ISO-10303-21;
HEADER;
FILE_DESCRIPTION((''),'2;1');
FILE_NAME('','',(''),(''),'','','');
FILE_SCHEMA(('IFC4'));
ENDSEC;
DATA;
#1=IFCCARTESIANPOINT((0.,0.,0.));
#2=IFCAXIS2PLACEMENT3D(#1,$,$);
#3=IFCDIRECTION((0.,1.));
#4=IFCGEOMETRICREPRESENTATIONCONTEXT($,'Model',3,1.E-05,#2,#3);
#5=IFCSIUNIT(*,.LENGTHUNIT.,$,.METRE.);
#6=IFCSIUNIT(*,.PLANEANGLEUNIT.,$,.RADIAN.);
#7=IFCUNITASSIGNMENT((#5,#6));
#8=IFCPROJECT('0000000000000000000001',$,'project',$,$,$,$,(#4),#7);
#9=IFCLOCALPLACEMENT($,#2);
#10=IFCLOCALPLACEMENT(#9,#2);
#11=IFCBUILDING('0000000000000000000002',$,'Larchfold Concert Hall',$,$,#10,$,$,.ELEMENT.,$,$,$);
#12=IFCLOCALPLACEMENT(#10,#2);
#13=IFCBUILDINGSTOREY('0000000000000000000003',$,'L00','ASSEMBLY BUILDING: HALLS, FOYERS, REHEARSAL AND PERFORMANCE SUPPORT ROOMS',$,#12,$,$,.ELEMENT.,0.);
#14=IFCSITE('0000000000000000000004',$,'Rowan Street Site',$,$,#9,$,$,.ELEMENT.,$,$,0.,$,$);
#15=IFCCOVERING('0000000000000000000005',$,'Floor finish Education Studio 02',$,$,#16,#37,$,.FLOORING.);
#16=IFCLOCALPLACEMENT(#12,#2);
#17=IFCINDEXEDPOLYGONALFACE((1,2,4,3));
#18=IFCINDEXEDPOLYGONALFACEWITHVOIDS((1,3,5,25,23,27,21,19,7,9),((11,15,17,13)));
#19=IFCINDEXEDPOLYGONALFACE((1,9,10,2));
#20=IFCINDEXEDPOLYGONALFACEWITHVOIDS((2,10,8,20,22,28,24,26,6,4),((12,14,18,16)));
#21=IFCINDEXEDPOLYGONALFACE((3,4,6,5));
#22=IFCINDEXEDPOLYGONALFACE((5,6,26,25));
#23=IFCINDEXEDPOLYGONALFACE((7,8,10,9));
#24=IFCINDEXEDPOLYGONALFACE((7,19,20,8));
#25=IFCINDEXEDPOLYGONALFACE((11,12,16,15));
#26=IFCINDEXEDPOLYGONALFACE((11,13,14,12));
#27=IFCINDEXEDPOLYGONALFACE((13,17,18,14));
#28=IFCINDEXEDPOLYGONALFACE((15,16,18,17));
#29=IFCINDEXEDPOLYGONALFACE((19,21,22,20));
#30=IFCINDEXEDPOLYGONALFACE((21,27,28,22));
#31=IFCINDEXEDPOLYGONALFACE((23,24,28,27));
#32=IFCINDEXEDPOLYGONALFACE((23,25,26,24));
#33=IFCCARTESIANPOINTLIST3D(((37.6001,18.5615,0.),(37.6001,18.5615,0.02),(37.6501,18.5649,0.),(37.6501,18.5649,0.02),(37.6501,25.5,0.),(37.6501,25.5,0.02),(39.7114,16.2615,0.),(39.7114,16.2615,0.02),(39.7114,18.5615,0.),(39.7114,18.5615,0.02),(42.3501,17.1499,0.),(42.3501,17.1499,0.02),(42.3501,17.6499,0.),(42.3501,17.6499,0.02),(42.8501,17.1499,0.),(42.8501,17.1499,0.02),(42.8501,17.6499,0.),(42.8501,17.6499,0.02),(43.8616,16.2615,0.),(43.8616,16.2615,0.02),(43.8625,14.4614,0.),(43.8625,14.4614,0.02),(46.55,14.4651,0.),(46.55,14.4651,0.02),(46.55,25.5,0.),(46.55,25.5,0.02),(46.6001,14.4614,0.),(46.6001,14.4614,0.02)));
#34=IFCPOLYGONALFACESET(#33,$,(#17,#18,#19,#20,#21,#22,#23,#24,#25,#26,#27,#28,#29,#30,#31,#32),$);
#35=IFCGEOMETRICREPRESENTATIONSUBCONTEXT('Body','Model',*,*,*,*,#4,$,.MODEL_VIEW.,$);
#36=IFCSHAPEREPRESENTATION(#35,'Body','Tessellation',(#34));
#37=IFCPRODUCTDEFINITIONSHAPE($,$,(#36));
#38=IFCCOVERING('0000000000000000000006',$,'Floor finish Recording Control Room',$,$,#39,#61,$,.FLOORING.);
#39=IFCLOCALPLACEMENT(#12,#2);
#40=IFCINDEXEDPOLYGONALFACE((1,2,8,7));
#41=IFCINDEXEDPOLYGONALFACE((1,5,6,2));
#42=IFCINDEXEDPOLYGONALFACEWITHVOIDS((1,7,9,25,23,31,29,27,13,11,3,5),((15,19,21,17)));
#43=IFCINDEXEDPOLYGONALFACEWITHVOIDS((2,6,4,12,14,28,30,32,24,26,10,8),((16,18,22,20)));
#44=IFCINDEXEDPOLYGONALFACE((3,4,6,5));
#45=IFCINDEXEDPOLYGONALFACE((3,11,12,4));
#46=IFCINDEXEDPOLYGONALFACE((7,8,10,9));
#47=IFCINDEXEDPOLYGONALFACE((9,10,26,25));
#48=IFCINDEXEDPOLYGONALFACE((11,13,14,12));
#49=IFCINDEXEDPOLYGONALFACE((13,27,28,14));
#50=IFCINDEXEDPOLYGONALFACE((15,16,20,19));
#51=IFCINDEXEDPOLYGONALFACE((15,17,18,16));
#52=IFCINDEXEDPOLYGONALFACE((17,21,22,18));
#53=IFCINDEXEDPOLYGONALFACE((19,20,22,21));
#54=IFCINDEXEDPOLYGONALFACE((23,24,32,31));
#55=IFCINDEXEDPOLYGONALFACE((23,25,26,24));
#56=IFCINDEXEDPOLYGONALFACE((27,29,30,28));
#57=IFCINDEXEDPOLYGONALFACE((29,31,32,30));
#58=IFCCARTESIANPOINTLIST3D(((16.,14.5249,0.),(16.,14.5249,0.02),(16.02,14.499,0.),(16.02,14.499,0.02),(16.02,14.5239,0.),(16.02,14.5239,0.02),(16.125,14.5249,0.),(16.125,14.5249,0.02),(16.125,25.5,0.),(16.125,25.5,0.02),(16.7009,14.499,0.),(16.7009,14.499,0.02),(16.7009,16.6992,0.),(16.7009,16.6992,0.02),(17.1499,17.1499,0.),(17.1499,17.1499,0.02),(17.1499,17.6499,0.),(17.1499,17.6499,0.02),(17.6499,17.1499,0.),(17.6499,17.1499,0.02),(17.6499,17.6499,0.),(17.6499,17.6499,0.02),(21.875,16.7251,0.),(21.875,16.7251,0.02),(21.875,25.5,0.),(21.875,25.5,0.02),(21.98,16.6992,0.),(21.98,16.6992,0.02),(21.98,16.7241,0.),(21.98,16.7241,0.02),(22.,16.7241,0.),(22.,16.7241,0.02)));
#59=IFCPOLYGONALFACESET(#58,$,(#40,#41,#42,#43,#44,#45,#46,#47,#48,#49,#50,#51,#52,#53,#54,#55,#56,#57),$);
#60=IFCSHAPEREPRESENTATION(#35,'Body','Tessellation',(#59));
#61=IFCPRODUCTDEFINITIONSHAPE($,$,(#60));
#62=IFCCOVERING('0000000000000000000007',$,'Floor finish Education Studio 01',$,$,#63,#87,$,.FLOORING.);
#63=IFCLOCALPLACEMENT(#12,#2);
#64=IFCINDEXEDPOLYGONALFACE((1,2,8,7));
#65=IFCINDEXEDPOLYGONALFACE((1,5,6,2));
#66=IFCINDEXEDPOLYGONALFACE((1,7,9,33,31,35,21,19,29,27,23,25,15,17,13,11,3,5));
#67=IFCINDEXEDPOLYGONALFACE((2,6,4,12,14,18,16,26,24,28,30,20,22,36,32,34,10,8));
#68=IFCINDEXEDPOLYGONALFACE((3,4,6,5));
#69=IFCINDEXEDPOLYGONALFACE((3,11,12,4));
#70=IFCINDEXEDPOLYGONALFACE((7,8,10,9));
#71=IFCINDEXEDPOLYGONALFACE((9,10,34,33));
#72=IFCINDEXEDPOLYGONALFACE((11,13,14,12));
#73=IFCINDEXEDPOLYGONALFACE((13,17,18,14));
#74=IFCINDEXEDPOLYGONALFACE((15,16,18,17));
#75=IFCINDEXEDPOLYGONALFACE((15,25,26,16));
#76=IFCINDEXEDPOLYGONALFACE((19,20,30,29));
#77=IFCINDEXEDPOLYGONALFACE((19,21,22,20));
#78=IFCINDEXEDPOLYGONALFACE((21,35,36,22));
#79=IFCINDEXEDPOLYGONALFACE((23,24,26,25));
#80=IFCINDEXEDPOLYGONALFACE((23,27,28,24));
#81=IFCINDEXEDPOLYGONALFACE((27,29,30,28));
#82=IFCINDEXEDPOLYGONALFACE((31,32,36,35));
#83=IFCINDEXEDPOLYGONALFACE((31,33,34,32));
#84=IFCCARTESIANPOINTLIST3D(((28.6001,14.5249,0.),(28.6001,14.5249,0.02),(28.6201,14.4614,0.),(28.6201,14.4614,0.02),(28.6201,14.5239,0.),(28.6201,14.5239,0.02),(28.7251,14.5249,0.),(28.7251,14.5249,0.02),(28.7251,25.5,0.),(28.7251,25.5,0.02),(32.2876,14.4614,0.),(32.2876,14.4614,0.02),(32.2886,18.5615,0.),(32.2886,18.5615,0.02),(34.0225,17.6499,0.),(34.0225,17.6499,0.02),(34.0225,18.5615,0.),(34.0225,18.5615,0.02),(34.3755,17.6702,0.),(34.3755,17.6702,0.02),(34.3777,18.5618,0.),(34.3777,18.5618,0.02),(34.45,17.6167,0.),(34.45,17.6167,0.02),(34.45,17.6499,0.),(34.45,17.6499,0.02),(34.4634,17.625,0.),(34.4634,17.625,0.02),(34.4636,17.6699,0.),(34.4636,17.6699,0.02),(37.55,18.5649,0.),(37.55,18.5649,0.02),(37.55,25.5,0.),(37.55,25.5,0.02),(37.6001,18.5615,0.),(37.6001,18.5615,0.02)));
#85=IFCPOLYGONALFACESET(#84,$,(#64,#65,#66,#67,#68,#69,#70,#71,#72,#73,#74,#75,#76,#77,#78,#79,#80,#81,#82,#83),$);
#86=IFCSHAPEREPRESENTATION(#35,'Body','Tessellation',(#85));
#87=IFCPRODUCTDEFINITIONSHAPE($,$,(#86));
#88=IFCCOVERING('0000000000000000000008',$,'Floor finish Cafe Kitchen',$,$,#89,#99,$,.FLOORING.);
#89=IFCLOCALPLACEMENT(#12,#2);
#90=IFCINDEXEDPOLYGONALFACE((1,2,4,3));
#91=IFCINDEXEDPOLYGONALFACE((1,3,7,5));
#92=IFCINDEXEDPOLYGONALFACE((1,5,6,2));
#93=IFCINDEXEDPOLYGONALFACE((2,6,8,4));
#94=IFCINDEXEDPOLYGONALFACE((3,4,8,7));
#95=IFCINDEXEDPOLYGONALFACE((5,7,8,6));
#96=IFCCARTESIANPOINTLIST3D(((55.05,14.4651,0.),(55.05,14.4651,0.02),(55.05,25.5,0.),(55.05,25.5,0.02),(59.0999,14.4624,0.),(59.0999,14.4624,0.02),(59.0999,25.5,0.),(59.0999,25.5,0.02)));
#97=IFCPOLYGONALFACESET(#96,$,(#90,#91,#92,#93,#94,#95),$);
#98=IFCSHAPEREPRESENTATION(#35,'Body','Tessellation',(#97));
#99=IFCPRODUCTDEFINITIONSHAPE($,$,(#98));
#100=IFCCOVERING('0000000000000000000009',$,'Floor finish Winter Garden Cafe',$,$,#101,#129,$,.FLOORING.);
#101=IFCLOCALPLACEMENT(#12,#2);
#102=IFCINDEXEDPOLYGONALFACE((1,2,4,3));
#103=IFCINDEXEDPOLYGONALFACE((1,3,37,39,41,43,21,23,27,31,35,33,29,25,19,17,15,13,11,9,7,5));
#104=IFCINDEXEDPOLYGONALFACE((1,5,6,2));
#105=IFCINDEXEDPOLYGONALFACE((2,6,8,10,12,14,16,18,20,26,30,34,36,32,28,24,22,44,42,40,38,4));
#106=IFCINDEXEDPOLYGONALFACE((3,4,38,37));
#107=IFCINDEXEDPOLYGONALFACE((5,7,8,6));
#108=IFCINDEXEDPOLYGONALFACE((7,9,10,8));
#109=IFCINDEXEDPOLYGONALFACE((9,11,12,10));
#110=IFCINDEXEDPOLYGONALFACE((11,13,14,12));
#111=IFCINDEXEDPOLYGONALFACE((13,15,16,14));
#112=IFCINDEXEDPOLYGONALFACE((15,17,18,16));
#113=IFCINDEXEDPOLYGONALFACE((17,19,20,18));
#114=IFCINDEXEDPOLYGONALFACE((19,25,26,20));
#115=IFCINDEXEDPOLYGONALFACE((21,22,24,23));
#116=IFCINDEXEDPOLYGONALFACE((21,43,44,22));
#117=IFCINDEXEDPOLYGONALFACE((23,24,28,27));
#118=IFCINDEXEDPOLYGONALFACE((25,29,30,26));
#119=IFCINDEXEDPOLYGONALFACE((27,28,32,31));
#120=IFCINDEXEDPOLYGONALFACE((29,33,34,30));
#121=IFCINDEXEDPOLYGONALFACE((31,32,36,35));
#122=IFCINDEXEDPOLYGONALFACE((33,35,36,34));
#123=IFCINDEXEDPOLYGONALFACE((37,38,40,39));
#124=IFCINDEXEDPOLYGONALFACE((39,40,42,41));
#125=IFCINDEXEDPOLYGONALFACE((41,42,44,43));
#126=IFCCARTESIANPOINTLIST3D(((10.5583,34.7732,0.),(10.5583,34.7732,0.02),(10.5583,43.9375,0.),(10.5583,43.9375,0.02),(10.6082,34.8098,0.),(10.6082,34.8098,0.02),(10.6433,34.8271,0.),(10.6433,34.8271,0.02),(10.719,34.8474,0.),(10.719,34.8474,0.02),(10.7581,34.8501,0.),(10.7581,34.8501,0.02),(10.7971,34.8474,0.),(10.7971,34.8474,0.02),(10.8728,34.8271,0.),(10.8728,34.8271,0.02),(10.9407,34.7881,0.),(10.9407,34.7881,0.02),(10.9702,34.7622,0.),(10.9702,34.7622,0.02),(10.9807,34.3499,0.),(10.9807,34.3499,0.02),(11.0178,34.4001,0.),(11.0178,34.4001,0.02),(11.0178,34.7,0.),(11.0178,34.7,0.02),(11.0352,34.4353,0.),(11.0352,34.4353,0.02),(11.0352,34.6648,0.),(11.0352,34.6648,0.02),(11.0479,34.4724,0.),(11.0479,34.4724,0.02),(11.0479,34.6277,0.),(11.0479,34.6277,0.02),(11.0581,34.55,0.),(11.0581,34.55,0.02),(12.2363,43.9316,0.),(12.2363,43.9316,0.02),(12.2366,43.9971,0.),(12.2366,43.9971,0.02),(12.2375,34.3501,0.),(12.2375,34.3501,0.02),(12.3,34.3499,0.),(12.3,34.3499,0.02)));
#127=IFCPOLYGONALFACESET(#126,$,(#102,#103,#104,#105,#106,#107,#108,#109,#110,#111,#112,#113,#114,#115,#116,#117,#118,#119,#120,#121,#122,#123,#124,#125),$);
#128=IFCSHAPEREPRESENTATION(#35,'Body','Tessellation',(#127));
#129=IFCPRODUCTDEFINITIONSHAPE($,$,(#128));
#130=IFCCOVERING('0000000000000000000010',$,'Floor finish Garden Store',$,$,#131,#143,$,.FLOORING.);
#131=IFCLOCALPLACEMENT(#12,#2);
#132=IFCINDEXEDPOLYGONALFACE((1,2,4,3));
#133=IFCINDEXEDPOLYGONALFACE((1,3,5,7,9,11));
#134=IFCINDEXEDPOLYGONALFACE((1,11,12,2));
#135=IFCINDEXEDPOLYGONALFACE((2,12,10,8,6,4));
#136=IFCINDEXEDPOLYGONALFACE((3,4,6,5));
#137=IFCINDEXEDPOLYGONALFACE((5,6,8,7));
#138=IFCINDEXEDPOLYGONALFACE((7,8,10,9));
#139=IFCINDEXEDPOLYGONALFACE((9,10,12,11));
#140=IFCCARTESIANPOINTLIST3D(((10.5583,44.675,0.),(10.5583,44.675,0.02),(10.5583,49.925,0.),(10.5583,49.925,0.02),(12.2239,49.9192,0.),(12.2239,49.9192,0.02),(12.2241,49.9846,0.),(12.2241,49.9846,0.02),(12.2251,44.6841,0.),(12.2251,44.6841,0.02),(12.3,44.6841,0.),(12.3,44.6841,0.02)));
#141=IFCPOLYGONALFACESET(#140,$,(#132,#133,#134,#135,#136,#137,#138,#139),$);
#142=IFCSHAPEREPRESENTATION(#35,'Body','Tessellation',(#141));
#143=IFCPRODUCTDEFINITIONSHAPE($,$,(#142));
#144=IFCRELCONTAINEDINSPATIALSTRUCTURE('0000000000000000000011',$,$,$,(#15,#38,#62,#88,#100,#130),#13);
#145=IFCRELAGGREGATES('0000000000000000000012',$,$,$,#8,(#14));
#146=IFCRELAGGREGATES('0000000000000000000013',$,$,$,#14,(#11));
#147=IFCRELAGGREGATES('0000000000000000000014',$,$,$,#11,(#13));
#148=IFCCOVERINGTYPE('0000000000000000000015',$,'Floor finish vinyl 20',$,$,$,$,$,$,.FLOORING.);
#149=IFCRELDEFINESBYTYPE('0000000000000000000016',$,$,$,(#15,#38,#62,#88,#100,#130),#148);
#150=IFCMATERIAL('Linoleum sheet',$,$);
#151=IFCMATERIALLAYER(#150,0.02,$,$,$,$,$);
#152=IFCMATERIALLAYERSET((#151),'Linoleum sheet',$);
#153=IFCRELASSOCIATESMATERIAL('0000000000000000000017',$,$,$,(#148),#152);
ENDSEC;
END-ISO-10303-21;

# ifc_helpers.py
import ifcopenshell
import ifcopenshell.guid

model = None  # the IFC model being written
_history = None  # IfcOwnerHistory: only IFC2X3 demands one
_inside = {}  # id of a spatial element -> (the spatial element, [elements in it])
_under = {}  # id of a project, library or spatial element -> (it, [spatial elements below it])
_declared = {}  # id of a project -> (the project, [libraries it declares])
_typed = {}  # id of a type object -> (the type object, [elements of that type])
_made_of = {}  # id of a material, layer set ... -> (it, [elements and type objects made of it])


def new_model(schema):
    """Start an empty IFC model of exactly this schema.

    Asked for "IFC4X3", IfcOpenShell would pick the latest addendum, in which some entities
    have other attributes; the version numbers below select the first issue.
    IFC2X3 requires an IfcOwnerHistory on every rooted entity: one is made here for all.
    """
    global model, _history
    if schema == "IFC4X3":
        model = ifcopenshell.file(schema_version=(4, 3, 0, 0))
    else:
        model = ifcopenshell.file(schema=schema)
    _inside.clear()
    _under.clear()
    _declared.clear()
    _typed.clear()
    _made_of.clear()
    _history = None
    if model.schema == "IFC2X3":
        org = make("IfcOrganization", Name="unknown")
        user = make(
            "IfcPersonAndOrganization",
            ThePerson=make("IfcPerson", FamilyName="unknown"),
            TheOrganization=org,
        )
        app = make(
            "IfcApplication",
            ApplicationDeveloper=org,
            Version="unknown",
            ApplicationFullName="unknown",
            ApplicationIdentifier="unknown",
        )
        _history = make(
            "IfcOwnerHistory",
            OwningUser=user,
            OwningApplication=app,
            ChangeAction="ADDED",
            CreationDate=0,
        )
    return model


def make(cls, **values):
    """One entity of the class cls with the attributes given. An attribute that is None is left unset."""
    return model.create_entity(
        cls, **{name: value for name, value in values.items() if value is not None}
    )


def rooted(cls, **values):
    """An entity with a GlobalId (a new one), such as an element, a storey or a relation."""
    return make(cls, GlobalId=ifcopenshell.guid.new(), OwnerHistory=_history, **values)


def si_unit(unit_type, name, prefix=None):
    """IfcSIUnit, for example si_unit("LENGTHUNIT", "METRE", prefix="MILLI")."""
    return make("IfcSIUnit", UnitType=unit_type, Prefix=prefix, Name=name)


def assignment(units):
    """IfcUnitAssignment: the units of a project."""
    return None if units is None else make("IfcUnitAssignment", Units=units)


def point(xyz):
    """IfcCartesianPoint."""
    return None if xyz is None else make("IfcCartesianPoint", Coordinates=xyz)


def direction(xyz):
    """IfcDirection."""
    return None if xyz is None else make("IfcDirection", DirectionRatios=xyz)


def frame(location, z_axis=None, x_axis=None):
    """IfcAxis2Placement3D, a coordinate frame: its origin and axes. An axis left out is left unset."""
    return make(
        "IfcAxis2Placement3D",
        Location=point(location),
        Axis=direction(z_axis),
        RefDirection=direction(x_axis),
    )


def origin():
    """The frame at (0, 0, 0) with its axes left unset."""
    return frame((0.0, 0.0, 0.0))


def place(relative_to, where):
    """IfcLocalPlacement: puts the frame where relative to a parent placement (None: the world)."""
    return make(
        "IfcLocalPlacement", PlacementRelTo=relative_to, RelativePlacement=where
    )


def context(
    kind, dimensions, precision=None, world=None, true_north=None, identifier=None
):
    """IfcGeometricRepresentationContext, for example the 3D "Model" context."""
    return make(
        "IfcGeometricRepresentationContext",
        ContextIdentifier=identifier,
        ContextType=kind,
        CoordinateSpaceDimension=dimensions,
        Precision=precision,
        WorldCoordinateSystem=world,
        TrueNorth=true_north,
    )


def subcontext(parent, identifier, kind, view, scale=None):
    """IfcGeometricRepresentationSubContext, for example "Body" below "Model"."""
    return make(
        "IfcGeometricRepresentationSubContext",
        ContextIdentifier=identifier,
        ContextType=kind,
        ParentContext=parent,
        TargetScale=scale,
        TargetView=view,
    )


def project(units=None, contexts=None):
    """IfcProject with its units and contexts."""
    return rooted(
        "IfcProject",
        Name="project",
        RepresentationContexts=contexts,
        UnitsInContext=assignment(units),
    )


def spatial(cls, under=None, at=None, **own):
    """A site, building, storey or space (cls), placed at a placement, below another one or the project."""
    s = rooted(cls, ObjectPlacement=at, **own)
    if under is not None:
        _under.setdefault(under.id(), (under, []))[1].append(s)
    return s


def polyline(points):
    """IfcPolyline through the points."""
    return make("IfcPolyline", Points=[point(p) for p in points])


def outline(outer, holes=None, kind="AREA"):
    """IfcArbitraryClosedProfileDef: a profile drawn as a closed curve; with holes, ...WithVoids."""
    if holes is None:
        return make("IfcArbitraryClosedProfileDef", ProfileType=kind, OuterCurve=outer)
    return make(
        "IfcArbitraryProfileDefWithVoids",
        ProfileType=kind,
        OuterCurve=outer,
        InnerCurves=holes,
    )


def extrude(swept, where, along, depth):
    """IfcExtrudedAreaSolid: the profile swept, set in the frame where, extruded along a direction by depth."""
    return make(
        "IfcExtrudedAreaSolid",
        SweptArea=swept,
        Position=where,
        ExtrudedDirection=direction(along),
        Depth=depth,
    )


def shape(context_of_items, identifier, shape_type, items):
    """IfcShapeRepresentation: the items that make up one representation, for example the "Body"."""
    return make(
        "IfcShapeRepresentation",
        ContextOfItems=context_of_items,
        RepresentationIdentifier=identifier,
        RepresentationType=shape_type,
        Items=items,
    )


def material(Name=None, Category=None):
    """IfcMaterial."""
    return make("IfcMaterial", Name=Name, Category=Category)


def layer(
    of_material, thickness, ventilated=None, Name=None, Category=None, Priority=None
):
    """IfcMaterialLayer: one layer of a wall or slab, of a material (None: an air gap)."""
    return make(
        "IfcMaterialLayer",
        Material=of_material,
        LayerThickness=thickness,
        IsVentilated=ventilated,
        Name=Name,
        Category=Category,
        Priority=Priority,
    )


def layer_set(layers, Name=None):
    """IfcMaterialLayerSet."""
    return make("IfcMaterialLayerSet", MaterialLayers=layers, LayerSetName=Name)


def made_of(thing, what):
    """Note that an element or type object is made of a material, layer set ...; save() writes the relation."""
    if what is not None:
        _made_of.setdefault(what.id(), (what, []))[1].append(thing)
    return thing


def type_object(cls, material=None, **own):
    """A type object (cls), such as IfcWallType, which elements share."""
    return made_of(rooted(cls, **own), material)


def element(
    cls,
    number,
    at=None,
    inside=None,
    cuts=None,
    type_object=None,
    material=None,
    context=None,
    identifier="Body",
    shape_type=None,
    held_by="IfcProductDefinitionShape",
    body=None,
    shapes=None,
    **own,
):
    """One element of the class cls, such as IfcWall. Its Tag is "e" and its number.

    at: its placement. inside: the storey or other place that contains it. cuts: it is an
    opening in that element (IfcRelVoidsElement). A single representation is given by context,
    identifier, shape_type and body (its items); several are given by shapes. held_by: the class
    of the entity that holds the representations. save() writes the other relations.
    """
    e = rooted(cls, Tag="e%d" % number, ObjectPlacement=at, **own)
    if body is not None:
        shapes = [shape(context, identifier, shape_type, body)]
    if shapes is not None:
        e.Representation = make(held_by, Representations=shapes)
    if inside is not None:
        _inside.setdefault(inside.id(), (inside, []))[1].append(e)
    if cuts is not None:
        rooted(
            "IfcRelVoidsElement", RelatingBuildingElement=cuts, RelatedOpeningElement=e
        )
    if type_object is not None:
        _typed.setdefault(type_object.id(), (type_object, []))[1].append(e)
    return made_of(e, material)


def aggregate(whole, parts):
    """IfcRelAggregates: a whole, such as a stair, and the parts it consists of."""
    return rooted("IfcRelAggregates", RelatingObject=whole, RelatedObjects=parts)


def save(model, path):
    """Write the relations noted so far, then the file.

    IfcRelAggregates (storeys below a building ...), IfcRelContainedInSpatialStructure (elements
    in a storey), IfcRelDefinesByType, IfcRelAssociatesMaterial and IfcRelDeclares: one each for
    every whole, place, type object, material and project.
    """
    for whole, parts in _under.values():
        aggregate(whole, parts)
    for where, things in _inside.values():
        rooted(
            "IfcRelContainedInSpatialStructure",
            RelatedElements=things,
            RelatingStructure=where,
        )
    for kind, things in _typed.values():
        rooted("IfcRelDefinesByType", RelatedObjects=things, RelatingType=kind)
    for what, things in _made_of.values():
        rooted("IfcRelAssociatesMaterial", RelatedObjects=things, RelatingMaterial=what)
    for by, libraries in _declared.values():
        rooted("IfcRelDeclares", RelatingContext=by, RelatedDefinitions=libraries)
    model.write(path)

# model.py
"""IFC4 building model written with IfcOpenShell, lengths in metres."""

from ifc_helpers import new_model, si_unit, direction, origin, place, context, subcontext, project, spatial, polyline, outline, extrude, material, layer, layer_set, type_object, element, save


model = new_model("IFC4")

# Units and contexts
model_context = context("Model", 3, precision=1e-05, world=origin(), true_north=direction((0.0, 1.0)))
body_context = subcontext(model_context, "Body", "Model", "MODEL_VIEW")
ifc_project = project(units=[si_unit("LENGTHUNIT", "METRE"), si_unit("PLANEANGLEUNIT", "RADIAN")], contexts=[model_context])

# Site, building, storey
site_placement = place(None, origin())
site = spatial("IfcSite", under=ifc_project, at=site_placement, Name="Rowan Street Site", CompositionType="ELEMENT", RefElevation=0.0)
building_placement = place(site_placement, origin())
building = spatial("IfcBuilding", under=site, at=building_placement, Name="Larchfold Concert Hall", CompositionType="ELEMENT")
storey_placement = place(building_placement, origin())
storey = spatial("IfcBuildingStorey", under=building, at=storey_placement, Name="L00", Description="ASSEMBLY BUILDING: HALLS, FOYERS, REHEARSAL AND PERFORMANCE SUPPORT ROOMS", CompositionType="ELEMENT", Elevation=0.0)

# Coverings
ifc_material_1 = material(Name="Linoleum sheet")
ifc_layer_1 = layer(ifc_material_1, 0.02)
ifc_layer_set_1 = layer_set([ifc_layer_1], Name="Linoleum sheet")
covering_type_1 = type_object("IfcCoveringType", Name="Floor finish vinyl 20", PredefinedType="FLOORING", material=ifc_layer_set_1)
covering_1_placement = place(storey_placement, origin())
element("IfcCovering", 1, at=covering_1_placement, inside=storey, type_object=covering_type_1, Name="Floor finish Education Studio 02", PredefinedType="FLOORING", context=body_context, shape_type="SweptSolid", body=[
    extrude(outline(polyline([(37.6001, 18.5615), (39.7114, 18.5615), (39.7114, 16.2615), (43.8616, 16.2615), (43.8625, 14.3999), (43.8625, 14.4614), (46.6001, 14.4614), (46.55, 14.4651), (46.55, 25.5), (37.6501, 25.5), (37.6501, 18.5649), (37.6001, 18.5615)]), holes=[polyline([(42.3501, 17.1499), (42.3501, 17.6499), (42.8501, 17.6499), (42.8501, 17.1499), (42.3501, 17.1499)])]), origin(), (0.0, 0.0, 1.0), 0.02),
])
covering_2_placement = place(storey_placement, origin())
element("IfcCovering", 2, at=covering_2_placement, inside=storey, type_object=covering_type_1, Name="Floor finish Recording Control Room", PredefinedType="FLOORING", context=body_context, shape_type="SweptSolid", body=[
    extrude(outline(polyline([(16.0, 14.5249), (16.02, 14.5239), (16.02, 14.499), (16.7009, 14.499), (16.7009, 16.6992), (21.98, 16.6992), (21.98, 16.7241), (22.0, 16.7241), (21.875, 16.7251), (21.875, 25.5), (16.125, 25.5), (16.125, 14.5249), (16.0, 14.5249)]), holes=[polyline([(17.6499, 17.6499), (17.6499, 17.1499), (17.1499, 17.1499), (17.1499, 17.6499), (17.6499, 17.6499)])]), origin(), (0.0, 0.0, 1.0), 0.02),
])
covering_3_placement = place(storey_placement, origin())
element("IfcCovering", 3, at=covering_3_placement, inside=storey, type_object=covering_type_1, Name="Floor finish Education Studio 01", PredefinedType="FLOORING", context=body_context, shape_type="SweptSolid", body=[
    extrude(outline(polyline([(28.6001, 14.5249), (28.6201, 14.5239), (28.6201, 14.4614), (32.2876, 14.4614), (32.2886, 18.5615), (34.0225, 18.5615), (34.0225, 17.6499), (34.45, 17.6499), (34.45, 17.6167), (34.4634, 17.625), (34.4636, 17.6699), (34.3755, 17.6702), (34.3777, 18.5618), (37.6001, 18.5615), (37.55, 18.5649), (37.55, 25.5), (28.7251, 25.5), (28.7251, 14.5249), (28.6001, 14.5249)])), origin(), (0.0, 0.0, 1.0), 0.02),
])
covering_4_placement = place(storey_placement, origin())
element("IfcCovering", 4, at=covering_4_placement, inside=storey, type_object=covering_type_1, Name="Floor finish Cafe Kitchen", PredefinedType="FLOORING", context=body_context, shape_type="SweptSolid", body=[
    extrude(outline(polyline([(55.0, 14.4651), (59.0999, 14.4624), (59.0999, 25.5), (55.05, 25.5), (55.05, 14.4651), (55.0, 14.4651)])), origin(), (0.0, 0.0, 1.0), 0.02),
])
covering_5_placement = place(storey_placement, origin())
element("IfcCovering", 5, at=covering_5_placement, inside=storey, type_object=covering_type_1, Name="Floor finish Winter Garden Cafe", PredefinedType="FLOORING", context=body_context, shape_type="SweptSolid", body=[
    extrude(outline(polyline([(12.2366, 43.9971), (12.2363, 43.9316), (10.5583, 43.9375), (10.5583, 34.7732), (10.6082, 34.8098), (10.6433, 34.8271), (10.719, 34.8474), (10.7581, 34.8501), (10.7971, 34.8474), (10.8728, 34.8271), (10.9407, 34.7881), (10.9702, 34.7622), (11.0178, 34.7), (11.0352, 34.6648), (11.0479, 34.6277), (11.0581, 34.55), (11.0479, 34.4724), (11.0352, 34.4353), (11.0178, 34.4001), (10.9807, 34.3499), (12.3, 34.3499), (12.2375, 34.3501), (12.2366, 43.9971)])), origin(), (0.0, 0.0, 1.0), 0.02),
])
covering_6_placement = place(storey_placement, origin())
element("IfcCovering", 6, at=covering_6_placement, inside=storey, type_object=covering_type_1, Name="Floor finish Garden Store", PredefinedType="FLOORING", context=body_context, shape_type="SweptSolid", body=[
    extrude(outline(polyline([(12.2241, 49.9846), (12.2239, 49.9192), (10.5583, 49.925), (10.5583, 44.675), (12.3, 44.6841), (12.2251, 44.6841), (12.2241, 49.9846)])), origin(), (0.0, 0.0, 1.0), 0.02),
])

save(model, "model.ifc")
